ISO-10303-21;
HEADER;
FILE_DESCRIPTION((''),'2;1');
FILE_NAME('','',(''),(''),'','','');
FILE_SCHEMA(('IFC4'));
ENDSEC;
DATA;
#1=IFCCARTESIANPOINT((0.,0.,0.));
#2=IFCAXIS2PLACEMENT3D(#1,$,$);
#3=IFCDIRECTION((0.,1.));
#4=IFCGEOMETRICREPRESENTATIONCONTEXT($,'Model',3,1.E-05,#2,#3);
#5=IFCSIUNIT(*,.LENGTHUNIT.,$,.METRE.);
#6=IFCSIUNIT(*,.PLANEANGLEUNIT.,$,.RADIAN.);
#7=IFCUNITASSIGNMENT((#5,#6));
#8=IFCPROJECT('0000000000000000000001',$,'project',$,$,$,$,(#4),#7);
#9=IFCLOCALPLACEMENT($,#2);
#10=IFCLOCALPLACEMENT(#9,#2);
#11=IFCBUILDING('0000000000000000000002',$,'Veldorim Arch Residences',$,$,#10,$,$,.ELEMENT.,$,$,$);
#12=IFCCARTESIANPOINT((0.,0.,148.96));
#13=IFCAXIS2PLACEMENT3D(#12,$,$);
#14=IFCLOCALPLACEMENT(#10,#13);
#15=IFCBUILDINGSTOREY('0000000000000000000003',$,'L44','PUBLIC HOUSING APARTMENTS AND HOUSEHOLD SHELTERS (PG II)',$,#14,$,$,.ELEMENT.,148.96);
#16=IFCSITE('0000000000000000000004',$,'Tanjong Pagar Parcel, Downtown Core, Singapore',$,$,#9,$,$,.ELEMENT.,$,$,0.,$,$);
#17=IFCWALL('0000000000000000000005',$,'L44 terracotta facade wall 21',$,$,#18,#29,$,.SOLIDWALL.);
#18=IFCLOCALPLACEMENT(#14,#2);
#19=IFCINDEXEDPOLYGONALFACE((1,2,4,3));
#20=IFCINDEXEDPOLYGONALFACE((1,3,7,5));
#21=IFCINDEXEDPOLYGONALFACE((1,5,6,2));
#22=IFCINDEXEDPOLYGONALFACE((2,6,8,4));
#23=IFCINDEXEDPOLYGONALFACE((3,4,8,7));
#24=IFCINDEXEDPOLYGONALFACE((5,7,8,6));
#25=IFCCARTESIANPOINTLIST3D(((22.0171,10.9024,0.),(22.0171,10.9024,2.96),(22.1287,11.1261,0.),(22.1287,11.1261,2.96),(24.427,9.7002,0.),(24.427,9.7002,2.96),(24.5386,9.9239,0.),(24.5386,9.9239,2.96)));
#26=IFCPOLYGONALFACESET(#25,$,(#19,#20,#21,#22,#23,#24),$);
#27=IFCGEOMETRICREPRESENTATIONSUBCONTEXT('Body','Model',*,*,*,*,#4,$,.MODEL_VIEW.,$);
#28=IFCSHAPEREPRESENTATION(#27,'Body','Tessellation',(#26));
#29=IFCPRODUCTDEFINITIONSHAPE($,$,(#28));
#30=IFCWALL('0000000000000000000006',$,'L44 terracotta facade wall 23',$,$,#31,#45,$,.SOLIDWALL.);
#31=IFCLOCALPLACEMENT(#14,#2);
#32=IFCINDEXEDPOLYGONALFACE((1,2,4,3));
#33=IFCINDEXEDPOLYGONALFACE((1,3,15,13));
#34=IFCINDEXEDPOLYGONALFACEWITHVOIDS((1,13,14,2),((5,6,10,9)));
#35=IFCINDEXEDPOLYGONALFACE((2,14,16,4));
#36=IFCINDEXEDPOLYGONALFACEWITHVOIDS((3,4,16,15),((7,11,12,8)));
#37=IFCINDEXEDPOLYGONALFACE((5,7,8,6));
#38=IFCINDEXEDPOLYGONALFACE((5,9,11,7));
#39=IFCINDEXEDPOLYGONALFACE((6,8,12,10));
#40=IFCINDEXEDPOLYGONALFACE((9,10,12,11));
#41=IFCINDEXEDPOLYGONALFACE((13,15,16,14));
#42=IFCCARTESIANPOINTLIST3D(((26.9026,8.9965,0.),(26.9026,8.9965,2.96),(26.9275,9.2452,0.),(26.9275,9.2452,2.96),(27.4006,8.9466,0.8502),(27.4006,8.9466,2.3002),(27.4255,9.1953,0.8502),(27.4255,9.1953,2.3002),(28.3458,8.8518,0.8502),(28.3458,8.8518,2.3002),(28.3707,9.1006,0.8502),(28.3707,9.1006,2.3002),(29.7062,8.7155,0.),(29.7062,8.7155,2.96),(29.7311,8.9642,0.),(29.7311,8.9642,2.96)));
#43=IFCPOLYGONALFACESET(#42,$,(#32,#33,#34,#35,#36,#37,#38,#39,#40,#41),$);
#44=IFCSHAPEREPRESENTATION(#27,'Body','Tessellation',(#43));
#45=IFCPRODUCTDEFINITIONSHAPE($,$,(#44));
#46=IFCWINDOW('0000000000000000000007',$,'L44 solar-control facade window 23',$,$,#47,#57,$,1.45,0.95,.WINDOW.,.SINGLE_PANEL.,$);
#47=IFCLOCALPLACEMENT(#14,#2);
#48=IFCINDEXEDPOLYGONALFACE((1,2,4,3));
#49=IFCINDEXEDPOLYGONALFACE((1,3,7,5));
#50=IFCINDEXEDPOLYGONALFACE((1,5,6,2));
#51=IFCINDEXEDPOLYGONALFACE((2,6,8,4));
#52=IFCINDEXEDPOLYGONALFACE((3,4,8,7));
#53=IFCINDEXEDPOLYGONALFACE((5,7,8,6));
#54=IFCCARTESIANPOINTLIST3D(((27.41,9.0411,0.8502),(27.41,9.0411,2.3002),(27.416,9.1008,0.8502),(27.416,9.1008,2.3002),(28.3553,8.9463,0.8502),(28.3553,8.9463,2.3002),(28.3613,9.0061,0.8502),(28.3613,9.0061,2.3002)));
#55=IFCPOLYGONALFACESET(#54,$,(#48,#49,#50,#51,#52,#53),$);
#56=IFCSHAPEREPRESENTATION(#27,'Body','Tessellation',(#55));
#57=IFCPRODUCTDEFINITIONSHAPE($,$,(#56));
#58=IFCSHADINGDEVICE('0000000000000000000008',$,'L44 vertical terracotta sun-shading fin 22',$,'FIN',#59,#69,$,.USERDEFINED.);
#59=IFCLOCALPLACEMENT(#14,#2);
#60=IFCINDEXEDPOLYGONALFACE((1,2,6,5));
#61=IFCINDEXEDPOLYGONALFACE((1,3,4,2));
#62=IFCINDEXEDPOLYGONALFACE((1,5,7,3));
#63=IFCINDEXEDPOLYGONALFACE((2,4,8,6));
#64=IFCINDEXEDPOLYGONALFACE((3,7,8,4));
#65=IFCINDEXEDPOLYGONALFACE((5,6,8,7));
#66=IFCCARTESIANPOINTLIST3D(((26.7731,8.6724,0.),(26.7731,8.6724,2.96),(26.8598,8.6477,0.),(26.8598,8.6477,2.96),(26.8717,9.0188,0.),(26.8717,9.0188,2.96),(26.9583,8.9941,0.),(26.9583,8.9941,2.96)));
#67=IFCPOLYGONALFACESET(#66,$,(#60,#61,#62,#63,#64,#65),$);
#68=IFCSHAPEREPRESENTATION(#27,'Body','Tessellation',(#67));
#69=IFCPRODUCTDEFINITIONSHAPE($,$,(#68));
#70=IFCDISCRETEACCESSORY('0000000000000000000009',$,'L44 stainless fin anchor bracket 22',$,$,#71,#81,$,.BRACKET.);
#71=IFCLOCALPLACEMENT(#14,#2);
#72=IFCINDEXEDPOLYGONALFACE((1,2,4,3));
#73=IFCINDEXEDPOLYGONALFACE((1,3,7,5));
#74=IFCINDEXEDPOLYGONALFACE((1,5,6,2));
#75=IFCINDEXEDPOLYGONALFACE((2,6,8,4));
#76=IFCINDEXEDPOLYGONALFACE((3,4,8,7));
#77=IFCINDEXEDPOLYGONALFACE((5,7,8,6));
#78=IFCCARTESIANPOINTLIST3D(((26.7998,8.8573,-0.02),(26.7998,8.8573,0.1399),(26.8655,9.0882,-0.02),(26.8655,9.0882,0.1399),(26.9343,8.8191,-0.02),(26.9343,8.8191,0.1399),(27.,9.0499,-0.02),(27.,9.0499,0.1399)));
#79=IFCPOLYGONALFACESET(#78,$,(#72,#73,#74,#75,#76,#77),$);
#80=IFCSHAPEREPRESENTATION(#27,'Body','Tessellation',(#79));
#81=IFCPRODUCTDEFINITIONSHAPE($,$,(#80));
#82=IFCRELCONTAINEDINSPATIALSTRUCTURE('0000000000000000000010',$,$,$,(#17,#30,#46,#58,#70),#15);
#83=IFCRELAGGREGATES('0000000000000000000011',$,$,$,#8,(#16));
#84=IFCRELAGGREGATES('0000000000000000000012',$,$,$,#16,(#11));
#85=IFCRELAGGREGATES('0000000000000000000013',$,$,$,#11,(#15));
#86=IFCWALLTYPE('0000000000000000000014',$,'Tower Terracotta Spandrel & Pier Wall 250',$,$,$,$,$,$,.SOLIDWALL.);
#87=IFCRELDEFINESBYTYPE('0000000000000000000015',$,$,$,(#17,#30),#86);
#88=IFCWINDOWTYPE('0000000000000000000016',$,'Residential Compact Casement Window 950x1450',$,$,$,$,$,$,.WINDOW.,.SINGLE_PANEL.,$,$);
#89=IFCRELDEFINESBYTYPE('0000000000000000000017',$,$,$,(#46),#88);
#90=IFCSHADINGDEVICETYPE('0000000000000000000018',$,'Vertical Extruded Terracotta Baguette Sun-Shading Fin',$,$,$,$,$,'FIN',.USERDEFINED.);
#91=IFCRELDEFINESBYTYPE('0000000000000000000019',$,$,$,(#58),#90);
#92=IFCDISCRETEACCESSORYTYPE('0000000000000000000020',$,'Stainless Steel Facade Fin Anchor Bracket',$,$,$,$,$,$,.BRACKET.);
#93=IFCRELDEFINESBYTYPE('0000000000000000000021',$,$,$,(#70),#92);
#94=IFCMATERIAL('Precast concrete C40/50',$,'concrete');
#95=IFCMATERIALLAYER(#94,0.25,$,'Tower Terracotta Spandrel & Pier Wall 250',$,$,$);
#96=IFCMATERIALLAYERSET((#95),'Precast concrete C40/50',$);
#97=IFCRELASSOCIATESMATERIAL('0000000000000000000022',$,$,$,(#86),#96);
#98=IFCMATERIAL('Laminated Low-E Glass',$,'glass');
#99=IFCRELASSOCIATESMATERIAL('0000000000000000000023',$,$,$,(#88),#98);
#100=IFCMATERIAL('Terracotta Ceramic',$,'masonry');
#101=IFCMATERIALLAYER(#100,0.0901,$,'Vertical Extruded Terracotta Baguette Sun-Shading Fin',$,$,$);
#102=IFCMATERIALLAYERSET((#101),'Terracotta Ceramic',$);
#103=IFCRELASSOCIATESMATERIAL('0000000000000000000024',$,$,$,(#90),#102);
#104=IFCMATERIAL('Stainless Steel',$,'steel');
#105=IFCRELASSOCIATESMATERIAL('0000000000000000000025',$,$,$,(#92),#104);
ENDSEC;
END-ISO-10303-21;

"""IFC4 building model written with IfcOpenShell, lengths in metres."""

from ifc_helpers import new_model, si_unit, direction, frame, frame_2d, origin, origin_2d, place, context, subcontext, project, spatial, rectangle, extrude, material, layer, layer_set, type_object, element, fill, save


model = new_model("IFC4")

# Units and contexts
model_context = context("Model", 3, precision=1e-05, world=origin(), true_north=direction((0.0, 1.0)))
body_context = subcontext(model_context, "Body", "Model", "MODEL_VIEW")
ifc_project = project(units=[si_unit("LENGTHUNIT", "METRE"), si_unit("PLANEANGLEUNIT", "RADIAN")], contexts=[model_context])

# Site, building, storey
site_placement = place(None, origin())
site = spatial("IfcSite", under=ifc_project, at=site_placement, Name="Tanjong Pagar Parcel, Downtown Core, Singapore", CompositionType="ELEMENT", RefElevation=0.0)
building_placement = place(site_placement, origin())
building = spatial("IfcBuilding", under=site, at=building_placement, Name="Veldorim Arch Residences", CompositionType="ELEMENT")
storey_placement = place(building_placement, frame((0.0, 0.0, 148.96)))
storey = spatial("IfcBuildingStorey", under=building, at=storey_placement, Name="L44", Description="PUBLIC HOUSING APARTMENTS AND HOUSEHOLD SHELTERS (PG II)", CompositionType="ELEMENT", Elevation=148.96)

# Wall
ifc_material_1 = material(Name="Precast concrete C40/50", Category="concrete")
ifc_layer_1 = layer(ifc_material_1, 0.25, Name="Tower Terracotta Spandrel & Pier Wall 250")
ifc_layer_set_1 = layer_set([ifc_layer_1], Name="Precast concrete C40/50")
wall_type_1 = type_object("IfcWallType", Name="Tower Terracotta Spandrel & Pier Wall 250", PredefinedType="SOLIDWALL", material=ifc_layer_set_1)
wall_1_placement = place(storey_placement, frame((24.4829, 9.812, 0.0), z_axis=(0.0, 0.0, 1.0), x_axis=(-0.894844, 0.446379, 0.0)))
element("IfcWall", 1, at=wall_1_placement, inside=storey, type_object=wall_type_1, Name="L44 terracotta facade wall 21", PredefinedType="SOLIDWALL", context=body_context, shape_type="SweptSolid", body=[
    extrude(rectangle(XDim=2.6931, YDim=0.25, at=frame_2d((1.3467, 0.0))), origin(), (0.0, 0.0, 1.0), 2.96),
])

# Wall, opening, window
wall_2_placement = place(storey_placement, frame((29.7185, 8.8398, 0.0), z_axis=(0.0, 0.0, 1.0), x_axis=(-0.995014, 0.099735, 0.0)))
wall_2 = element("IfcWall", 2, at=wall_2_placement, inside=storey, type_object=wall_type_1, Name="L44 terracotta facade wall 23", PredefinedType="SOLIDWALL", context=body_context, shape_type="SweptSolid", body=[
    extrude(rectangle(XDim=2.8176, YDim=0.25, at=frame_2d((1.4087, 0.0))), origin(), (0.0, 0.0, 1.0), 2.96),
])
opening_placement = place(wall_2_placement, frame((1.3669, 0.0, 0.8501)))
opening = element("IfcOpeningElement", 3, at=opening_placement, cuts=wall_2, PredefinedType="OPENING", context=body_context, shape_type="SweptSolid", body=[
    extrude(rectangle(XDim=0.95, YDim=1.45, at=frame_2d((0.4751, 0.7251))), frame((0.0, 0.135, 0.0), z_axis=(0.0, -1.0, 0.0), x_axis=(1.0, 0.0, 0.0)), (0.0, 0.0, 1.0), 0.27),
])
ifc_material_2 = material(Name="Laminated Low-E Glass", Category="glass")
window_type = type_object("IfcWindowType", Name="Residential Compact Casement Window 950x1450", PartitioningType="SINGLE_PANEL", PredefinedType="WINDOW", material=ifc_material_2)
window_placement = place(opening_placement, origin())
window = element("IfcWindow", 4, at=window_placement, inside=storey, type_object=window_type, Name="L44 solar-control facade window 23", OverallHeight=1.45, OverallWidth=0.95, PartitioningType="SINGLE_PANEL", PredefinedType="WINDOW", context=body_context, shape_type="SweptSolid", body=[
    extrude(rectangle(XDim=0.95, YDim=1.45, at=frame_2d((0.4751, 0.7251))), frame((0.0, 0.03, 0.0), z_axis=(0.0, -1.0, 0.0), x_axis=(1.0, 0.0, 0.0)), (0.0, 0.0, 1.0), 0.0601),
])
fill(opening, window)

# Shading device
ifc_material_3 = material(Name="Terracotta Ceramic", Category="masonry")
ifc_layer_2 = layer(ifc_material_3, 0.0901, Name="Vertical Extruded Terracotta Baguette Sun-Shading Fin")
ifc_layer_set_2 = layer_set([ifc_layer_2], Name="Terracotta Ceramic")
shading_device_type = type_object("IfcShadingDeviceType", Name="Vertical Extruded Terracotta Baguette Sun-Shading Fin", ElementType="FIN", PredefinedType="USERDEFINED", material=ifc_layer_set_2)
shading_device_placement = place(storey_placement, frame((26.8657, 8.8333, 0.0), z_axis=(0.0, 0.0, 1.0), x_axis=(-0.961837, 0.273623, 0.0)))
element("IfcShadingDevice", 5, at=shading_device_placement, inside=storey, type_object=shading_device_type, Name="L44 vertical terracotta sun-shading fin 22", ObjectType="FIN", PredefinedType="USERDEFINED", context=body_context, shape_type="SweptSolid", body=[
    extrude(rectangle(XDim=0.0901, YDim=0.3601, at=origin_2d()), origin(), (0.0, 0.0, 1.0), 2.96),
])

# Discrete accessory
ifc_material_4 = material(Name="Stainless Steel", Category="steel")
discrete_accessory_type = type_object("IfcDiscreteAccessoryType", Name="Stainless Steel Facade Fin Anchor Bracket", PredefinedType="BRACKET", material=ifc_material_4)
discrete_accessory_placement = place(storey_placement, frame((26.8999, 8.9536, -0.02), z_axis=(0.0, 0.0, 1.0), x_axis=(-0.961837, 0.273623, 0.0)))
element("IfcDiscreteAccessory", 6, at=discrete_accessory_placement, inside=storey, type_object=discrete_accessory_type, Name="L44 stainless fin anchor bracket 22", PredefinedType="BRACKET", context=body_context, shape_type="SweptSolid", body=[
    extrude(rectangle(XDim=0.1399, YDim=0.24, at=origin_2d()), origin(), (0.0, 0.0, 1.0), 0.1599),
])

save(model, "model.ifc")
